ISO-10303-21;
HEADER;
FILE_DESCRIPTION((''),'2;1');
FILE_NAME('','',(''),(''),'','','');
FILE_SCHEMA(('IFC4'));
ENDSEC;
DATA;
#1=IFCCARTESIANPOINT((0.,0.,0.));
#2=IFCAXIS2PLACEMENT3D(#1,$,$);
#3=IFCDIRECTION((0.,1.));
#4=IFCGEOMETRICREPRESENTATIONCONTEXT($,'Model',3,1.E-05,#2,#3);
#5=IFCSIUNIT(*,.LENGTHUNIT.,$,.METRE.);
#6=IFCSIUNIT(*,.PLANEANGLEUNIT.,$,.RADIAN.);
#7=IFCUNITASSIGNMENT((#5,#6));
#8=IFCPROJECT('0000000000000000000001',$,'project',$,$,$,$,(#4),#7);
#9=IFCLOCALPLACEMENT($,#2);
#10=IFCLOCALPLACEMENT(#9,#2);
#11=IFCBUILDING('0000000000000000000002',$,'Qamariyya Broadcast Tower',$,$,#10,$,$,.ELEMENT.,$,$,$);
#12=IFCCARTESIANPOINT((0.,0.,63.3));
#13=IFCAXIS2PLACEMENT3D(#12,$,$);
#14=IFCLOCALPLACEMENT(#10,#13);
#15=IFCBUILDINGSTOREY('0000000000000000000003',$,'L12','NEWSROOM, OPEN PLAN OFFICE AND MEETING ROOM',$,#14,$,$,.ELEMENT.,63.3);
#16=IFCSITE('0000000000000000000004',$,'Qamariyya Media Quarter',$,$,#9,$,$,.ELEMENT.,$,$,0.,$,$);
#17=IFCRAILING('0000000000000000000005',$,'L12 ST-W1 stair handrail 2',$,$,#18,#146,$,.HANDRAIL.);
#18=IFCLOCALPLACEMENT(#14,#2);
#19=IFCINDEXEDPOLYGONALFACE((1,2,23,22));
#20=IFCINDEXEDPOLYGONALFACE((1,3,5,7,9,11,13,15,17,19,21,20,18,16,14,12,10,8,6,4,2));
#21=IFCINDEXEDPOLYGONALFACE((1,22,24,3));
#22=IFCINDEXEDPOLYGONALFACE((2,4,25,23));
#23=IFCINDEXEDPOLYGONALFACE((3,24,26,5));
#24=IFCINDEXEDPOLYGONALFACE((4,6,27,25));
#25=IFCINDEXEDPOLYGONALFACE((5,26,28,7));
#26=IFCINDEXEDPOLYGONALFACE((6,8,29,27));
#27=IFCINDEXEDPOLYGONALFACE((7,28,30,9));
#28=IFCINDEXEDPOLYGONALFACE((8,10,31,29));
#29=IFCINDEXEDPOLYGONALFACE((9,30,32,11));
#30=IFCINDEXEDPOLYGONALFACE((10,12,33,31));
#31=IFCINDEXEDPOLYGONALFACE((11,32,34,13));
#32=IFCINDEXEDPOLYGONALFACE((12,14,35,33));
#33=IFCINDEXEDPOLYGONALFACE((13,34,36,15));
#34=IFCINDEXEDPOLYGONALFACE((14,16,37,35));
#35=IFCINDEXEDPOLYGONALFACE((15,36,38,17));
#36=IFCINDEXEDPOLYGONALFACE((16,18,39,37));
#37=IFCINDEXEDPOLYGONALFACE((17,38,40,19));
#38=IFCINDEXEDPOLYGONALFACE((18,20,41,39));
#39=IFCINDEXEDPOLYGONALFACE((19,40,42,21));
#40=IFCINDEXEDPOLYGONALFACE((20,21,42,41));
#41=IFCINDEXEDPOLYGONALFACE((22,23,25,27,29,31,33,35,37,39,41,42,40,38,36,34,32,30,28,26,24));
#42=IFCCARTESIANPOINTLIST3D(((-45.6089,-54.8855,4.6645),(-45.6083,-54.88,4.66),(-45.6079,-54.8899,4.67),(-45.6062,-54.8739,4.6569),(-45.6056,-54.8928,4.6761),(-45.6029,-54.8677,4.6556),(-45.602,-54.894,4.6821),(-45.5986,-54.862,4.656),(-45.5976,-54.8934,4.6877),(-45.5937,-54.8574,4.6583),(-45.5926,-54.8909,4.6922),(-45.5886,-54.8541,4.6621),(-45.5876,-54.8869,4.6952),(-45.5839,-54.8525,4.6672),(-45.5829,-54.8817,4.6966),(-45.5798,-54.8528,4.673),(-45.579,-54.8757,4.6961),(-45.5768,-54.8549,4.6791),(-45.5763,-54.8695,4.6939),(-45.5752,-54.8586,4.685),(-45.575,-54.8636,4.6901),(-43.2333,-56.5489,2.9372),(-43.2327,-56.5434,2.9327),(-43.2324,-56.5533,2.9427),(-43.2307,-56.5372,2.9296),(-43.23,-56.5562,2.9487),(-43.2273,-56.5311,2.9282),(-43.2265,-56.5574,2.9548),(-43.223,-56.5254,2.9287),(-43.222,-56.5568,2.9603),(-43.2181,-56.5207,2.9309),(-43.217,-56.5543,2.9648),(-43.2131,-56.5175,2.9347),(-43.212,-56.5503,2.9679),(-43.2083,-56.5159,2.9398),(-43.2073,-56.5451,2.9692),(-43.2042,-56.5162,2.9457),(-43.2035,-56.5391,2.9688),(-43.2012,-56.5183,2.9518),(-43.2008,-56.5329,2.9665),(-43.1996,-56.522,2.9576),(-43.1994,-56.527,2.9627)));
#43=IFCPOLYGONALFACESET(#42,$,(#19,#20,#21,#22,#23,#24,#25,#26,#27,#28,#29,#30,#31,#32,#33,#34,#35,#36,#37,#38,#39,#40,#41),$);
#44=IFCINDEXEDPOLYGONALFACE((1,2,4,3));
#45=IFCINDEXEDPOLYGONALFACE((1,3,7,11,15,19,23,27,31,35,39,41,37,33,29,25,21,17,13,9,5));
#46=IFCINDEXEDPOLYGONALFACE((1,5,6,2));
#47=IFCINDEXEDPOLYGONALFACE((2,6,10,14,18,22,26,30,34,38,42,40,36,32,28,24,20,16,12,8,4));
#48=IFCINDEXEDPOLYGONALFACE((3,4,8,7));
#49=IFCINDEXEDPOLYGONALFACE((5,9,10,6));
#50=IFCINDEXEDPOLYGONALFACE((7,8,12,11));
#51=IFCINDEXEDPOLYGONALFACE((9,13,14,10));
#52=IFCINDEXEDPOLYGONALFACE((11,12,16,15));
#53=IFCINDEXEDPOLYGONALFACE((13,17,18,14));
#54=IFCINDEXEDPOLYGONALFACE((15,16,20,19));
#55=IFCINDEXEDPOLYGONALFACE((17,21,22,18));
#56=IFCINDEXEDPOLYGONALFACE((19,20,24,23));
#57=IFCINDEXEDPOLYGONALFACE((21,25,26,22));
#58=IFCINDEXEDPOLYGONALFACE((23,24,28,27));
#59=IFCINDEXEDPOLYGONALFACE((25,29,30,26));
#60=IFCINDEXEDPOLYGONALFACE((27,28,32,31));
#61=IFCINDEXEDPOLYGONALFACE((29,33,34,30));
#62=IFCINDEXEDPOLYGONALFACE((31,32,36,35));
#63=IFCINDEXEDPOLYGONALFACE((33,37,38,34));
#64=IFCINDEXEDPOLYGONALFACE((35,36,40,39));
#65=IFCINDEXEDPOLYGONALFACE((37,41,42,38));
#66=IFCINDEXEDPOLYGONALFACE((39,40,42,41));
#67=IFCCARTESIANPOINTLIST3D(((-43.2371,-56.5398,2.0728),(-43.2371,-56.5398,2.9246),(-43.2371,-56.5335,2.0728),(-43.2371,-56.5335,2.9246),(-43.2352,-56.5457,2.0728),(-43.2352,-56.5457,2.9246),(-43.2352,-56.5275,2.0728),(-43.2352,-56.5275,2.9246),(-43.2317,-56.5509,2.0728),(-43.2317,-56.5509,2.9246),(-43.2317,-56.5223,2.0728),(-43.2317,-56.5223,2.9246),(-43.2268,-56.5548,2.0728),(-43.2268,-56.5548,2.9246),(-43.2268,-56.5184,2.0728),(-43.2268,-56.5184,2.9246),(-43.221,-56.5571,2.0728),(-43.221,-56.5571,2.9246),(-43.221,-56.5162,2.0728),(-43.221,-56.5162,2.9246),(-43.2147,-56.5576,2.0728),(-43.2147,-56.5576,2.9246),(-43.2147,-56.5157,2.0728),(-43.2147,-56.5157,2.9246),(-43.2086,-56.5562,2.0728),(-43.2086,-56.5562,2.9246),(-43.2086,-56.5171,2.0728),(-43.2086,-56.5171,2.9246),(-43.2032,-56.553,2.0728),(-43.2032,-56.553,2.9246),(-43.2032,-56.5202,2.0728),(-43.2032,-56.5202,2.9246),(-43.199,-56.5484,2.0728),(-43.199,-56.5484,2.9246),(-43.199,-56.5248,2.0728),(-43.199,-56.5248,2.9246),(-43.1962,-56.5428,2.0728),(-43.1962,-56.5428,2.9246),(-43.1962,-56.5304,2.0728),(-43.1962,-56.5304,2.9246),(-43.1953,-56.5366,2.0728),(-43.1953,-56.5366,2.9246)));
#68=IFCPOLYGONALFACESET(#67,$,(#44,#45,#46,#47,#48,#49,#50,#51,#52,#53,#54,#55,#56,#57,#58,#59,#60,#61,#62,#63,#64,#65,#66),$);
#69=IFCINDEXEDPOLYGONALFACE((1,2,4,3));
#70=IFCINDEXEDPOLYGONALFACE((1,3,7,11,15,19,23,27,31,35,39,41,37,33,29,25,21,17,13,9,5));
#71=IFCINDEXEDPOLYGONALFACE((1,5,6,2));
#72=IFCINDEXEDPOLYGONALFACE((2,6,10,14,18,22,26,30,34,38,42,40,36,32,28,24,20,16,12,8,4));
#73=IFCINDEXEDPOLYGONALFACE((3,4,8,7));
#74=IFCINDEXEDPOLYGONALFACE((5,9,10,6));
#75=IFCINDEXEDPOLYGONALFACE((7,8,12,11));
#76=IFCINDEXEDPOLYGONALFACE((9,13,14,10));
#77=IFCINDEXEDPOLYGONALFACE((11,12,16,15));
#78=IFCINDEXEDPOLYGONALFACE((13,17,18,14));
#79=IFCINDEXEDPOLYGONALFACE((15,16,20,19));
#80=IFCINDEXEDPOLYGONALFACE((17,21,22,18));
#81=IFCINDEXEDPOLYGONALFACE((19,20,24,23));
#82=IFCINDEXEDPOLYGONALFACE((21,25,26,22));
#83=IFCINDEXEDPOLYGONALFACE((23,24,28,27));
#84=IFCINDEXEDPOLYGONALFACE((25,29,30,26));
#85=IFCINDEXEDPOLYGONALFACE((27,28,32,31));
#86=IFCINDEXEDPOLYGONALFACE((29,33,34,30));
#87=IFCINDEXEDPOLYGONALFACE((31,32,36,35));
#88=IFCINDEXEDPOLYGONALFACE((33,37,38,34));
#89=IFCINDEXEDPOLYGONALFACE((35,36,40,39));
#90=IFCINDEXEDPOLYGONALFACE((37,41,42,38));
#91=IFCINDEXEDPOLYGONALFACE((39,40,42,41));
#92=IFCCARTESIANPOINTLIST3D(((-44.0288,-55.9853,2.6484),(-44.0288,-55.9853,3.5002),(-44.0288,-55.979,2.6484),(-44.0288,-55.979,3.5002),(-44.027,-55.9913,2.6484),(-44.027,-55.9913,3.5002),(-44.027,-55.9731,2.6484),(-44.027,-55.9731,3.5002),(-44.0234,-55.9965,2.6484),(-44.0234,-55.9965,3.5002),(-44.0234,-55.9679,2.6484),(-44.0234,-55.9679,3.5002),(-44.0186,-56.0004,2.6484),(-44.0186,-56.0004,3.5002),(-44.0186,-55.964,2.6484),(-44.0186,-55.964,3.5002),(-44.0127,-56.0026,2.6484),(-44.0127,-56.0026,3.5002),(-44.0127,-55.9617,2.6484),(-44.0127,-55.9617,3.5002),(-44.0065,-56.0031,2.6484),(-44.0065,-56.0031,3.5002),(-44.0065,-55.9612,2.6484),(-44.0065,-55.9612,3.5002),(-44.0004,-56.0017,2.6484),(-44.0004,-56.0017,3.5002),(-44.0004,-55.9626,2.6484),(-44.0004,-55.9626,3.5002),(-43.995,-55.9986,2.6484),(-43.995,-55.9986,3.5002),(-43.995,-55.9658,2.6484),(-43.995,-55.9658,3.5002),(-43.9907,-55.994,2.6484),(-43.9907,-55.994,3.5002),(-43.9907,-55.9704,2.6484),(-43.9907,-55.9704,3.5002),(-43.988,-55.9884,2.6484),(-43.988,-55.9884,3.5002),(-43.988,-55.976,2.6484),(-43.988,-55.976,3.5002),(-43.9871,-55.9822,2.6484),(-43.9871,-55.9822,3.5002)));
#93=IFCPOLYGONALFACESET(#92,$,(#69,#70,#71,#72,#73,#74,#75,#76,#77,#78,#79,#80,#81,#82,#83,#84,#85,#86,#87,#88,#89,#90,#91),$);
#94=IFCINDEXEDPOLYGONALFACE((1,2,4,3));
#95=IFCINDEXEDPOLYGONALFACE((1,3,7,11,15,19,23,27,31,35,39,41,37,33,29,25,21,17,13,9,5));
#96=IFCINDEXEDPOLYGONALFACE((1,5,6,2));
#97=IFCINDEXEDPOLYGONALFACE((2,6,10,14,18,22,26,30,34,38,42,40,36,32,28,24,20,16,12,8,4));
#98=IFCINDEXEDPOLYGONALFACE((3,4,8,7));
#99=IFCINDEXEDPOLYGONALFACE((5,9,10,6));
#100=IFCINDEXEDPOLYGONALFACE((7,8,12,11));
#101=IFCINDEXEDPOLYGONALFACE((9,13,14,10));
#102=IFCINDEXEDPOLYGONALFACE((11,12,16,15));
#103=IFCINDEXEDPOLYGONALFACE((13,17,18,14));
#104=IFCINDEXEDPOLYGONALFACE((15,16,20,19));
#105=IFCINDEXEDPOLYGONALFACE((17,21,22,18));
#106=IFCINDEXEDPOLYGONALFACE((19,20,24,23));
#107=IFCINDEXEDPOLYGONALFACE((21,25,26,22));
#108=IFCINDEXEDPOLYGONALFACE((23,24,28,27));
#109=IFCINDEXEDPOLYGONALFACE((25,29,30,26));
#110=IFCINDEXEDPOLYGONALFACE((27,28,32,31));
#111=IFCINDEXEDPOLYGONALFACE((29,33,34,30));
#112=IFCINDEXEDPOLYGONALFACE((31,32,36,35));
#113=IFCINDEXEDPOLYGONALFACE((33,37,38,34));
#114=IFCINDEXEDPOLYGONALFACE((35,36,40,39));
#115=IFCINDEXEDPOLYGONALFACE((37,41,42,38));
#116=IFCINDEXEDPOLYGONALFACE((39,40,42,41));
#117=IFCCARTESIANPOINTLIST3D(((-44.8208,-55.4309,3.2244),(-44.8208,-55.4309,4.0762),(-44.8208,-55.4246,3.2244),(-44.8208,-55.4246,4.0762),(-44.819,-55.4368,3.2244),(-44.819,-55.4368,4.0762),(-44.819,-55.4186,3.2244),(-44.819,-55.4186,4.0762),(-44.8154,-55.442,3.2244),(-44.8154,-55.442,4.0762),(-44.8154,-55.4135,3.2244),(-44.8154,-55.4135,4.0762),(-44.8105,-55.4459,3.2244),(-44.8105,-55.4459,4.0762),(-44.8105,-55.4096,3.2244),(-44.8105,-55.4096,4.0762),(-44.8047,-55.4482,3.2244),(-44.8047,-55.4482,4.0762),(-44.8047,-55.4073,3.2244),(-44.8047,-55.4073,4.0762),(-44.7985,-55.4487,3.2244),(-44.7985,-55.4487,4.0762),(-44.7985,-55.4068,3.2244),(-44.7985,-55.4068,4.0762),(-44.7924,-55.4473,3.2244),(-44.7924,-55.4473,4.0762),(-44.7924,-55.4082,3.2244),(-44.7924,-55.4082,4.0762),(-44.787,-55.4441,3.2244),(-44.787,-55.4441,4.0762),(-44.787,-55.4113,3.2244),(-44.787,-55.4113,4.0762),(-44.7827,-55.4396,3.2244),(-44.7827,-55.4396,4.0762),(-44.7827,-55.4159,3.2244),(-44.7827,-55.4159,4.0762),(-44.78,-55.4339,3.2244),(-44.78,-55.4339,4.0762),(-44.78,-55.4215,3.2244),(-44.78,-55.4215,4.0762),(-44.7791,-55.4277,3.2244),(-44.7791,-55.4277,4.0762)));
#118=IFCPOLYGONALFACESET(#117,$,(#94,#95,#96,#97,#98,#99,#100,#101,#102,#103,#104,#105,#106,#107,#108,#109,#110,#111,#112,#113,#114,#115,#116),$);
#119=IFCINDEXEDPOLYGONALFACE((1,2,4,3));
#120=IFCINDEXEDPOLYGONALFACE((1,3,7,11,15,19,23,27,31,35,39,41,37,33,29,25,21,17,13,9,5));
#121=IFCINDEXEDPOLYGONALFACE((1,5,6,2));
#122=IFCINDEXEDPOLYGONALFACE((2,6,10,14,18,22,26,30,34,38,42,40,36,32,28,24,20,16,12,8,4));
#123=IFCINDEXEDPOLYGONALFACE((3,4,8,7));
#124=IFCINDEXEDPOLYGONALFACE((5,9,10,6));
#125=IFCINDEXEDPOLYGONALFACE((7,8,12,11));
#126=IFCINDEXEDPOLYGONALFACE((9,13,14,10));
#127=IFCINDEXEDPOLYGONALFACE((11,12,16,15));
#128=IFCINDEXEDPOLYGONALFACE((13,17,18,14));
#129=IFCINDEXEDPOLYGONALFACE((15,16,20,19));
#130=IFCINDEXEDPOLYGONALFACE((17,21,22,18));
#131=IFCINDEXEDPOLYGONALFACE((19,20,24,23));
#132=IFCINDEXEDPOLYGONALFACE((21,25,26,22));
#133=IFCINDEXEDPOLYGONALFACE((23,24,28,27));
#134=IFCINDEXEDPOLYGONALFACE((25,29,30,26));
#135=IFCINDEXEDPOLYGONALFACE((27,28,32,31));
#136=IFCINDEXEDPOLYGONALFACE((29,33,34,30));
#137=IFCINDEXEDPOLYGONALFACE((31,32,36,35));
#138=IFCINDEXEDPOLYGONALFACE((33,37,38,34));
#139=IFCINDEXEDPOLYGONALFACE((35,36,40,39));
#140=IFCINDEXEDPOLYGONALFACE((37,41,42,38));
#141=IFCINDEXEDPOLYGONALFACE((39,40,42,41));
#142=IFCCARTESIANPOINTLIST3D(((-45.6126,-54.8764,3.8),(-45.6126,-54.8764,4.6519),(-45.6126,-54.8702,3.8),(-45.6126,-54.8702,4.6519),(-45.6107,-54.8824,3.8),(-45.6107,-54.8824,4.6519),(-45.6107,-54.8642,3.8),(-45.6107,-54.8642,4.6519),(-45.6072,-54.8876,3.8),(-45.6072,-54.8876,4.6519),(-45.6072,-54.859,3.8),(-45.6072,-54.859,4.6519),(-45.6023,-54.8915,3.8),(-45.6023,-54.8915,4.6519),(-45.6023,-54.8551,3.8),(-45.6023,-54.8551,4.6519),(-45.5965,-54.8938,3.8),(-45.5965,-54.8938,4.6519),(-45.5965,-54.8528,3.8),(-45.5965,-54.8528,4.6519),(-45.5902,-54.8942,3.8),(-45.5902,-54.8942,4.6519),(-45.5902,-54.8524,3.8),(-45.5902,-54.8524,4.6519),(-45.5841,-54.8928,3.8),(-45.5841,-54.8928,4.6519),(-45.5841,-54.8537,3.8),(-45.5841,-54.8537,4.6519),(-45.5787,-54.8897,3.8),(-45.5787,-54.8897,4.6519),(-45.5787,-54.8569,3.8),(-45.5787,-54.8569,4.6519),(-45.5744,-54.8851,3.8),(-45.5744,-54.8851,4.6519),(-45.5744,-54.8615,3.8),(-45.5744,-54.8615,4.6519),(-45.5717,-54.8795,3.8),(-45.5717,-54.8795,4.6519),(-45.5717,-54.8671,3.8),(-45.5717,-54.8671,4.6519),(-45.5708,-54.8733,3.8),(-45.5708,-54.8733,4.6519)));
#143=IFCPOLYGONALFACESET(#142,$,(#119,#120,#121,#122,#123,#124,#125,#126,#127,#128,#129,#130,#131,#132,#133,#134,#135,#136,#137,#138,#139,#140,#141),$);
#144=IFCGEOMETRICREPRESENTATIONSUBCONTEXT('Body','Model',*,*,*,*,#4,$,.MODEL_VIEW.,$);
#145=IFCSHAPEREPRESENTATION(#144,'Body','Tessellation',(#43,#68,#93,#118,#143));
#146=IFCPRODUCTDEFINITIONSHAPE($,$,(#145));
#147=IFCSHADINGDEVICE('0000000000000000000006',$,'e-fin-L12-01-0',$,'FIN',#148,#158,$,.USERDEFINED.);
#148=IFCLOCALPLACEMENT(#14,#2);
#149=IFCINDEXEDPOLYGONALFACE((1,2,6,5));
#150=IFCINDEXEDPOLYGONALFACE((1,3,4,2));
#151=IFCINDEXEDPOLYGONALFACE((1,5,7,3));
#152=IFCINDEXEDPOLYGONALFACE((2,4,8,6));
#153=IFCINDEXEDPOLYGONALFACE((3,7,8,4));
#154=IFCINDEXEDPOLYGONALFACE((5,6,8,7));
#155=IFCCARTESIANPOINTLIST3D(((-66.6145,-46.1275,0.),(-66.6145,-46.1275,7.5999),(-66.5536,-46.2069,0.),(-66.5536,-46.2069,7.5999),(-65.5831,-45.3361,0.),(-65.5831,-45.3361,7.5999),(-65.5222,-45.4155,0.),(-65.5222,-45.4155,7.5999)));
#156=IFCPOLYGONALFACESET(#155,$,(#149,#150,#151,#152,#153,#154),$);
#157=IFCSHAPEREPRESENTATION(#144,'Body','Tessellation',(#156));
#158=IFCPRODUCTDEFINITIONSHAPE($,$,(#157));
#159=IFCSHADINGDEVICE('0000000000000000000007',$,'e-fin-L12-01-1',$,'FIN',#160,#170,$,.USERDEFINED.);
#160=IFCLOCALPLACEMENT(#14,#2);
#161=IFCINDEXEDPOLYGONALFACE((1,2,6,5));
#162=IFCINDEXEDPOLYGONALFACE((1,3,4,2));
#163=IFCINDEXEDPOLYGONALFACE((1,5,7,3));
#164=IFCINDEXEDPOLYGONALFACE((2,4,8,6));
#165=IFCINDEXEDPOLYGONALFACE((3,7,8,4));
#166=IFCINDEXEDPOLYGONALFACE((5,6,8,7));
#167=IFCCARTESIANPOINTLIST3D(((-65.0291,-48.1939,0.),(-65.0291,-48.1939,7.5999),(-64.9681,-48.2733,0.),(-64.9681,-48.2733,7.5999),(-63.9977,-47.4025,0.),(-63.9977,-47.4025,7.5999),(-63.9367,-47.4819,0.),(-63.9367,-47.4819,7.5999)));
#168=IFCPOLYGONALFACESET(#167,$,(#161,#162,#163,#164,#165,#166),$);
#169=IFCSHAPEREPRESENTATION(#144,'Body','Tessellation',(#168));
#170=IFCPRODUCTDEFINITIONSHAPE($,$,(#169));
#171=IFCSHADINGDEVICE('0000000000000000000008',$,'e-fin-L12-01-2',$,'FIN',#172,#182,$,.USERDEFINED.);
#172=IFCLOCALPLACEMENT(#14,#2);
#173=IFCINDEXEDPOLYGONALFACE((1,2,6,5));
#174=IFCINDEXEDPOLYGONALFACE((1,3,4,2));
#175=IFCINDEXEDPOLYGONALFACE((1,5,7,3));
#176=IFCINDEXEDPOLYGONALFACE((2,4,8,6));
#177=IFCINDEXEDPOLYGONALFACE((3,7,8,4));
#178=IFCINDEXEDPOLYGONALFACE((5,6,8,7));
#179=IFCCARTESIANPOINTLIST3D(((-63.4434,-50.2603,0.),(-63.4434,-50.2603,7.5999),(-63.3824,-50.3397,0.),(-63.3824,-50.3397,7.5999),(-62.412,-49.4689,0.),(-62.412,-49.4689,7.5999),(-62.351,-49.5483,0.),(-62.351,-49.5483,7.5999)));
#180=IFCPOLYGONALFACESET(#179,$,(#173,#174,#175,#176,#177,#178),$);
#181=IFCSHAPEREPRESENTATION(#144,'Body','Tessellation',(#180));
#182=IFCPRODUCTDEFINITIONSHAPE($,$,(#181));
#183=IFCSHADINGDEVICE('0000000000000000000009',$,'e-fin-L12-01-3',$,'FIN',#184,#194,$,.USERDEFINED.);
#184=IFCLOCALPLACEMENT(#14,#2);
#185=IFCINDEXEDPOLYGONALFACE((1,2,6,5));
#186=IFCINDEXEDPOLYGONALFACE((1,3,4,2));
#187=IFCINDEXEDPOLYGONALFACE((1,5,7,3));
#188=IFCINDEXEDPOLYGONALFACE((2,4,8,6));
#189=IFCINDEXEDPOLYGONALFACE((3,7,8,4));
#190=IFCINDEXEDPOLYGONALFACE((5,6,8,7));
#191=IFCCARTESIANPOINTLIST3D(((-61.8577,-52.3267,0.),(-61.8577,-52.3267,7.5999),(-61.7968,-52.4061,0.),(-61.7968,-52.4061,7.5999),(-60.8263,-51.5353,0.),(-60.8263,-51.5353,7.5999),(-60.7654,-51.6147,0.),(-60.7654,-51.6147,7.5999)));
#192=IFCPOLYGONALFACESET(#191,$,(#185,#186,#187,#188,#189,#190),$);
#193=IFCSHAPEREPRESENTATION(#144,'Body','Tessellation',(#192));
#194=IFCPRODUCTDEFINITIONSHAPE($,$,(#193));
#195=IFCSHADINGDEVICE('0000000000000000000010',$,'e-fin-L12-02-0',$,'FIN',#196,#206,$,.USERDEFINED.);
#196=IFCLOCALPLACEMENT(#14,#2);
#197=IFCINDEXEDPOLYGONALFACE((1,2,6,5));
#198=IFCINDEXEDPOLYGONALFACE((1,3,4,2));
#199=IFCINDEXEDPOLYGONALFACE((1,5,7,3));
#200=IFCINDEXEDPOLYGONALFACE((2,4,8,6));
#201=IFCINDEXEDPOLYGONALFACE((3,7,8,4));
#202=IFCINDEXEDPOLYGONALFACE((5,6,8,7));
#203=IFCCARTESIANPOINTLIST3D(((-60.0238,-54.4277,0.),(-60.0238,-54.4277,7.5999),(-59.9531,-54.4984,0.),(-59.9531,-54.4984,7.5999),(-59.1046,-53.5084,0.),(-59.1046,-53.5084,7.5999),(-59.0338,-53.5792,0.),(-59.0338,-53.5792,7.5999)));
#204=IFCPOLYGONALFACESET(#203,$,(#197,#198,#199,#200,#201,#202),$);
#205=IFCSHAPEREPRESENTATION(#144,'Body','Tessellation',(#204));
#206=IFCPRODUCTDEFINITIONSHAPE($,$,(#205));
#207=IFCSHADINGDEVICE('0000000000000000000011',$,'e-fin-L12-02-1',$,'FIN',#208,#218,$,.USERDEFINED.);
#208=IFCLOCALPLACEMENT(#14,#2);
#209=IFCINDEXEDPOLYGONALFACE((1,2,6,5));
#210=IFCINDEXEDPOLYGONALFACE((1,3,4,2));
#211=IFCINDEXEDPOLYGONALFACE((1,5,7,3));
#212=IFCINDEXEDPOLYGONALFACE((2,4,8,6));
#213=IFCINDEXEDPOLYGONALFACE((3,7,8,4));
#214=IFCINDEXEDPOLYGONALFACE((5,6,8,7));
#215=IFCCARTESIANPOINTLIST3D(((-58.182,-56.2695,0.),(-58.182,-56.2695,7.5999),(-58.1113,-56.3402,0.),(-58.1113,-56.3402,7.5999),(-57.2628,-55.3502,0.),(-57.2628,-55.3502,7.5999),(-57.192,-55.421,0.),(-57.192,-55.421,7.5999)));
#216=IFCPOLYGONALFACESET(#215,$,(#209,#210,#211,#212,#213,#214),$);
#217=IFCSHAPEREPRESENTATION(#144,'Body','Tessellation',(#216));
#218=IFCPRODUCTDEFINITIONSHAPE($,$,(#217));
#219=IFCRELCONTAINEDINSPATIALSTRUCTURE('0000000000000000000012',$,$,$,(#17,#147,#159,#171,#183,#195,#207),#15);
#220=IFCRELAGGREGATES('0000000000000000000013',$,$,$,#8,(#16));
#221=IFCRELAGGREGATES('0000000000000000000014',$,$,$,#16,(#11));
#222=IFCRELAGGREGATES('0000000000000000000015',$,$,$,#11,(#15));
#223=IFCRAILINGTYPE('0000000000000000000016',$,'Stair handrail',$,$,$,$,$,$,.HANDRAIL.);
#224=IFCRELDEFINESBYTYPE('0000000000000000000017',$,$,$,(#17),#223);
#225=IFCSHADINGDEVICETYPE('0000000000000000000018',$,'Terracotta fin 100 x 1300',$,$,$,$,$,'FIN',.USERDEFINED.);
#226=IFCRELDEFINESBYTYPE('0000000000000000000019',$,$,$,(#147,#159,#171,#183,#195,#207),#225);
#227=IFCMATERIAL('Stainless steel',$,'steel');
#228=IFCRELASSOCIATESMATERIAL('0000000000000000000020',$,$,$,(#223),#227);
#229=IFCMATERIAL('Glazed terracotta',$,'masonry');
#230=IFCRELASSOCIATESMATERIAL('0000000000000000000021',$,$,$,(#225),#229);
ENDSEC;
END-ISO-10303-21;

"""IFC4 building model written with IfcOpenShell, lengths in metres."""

from ifc_helpers import new_model, si_unit, direction, frame, origin, origin_2d, place, context, subcontext, project, spatial, rectangle, circle, extrude, material, material_profile, profile_set, type_object, element, save


model = new_model("IFC4")

# Units and contexts
model_context = context("Model", 3, precision=1e-05, world=origin(), true_north=direction((0.0, 1.0)))
body_context = subcontext(model_context, "Body", "Model", "MODEL_VIEW")
ifc_project = project(units=[si_unit("LENGTHUNIT", "METRE"), si_unit("PLANEANGLEUNIT", "RADIAN")], contexts=[model_context])

# Site, building, storey
site_placement = place(None, origin())
site = spatial("IfcSite", under=ifc_project, at=site_placement, Name="Qamariyya Media Quarter", CompositionType="ELEMENT", RefElevation=0.0)
building_placement = place(site_placement, origin())
building = spatial("IfcBuilding", under=site, at=building_placement, Name="Qamariyya Broadcast Tower", CompositionType="ELEMENT")
storey_placement = place(building_placement, frame((0.0, 0.0, 63.3)))
storey = spatial("IfcBuildingStorey", under=building, at=storey_placement, Name="L12", Description="NEWSROOM, OPEN PLAN OFFICE AND MEETING ROOM", CompositionType="ELEMENT", Elevation=63.3)

# Railing
ifc_material_1 = material(Name="Stainless steel", Category="steel")
railing_type_1 = type_object("IfcRailingType", Name="Stair handrail", PredefinedType="HANDRAIL", material=ifc_material_1)
railing_1_placement = place(storey_placement, frame((-43.2163, -56.5366, 2.0728)))
element("IfcRailing", 1, at=railing_1_placement, inside=storey, type_object=railing_type_1, Name="L12 ST-W1 stair handrail 2", PredefinedType="HANDRAIL", context=body_context, shape_type="SweptSolid", body=[
    extrude(circle(Radius=0.0239, at=origin_2d()), frame((0.0, 0.0, 0.876), z_axis=(-0.70377, 0.492784, 0.511734), x_axis=(-0.573575, -0.819153, 0.0)), (0.0, 0.0, 1.0), 3.3755),
    extrude(circle(Radius=0.021, at=origin_2d()), origin(), (0.0, 0.0, 1.0), 0.8518),
    extrude(circle(Radius=0.021, at=origin_2d()), frame((-0.7917, 0.5544, 0.5757)), (0.0, 0.0, 1.0), 0.8518),
    extrude(circle(Radius=0.021, at=origin_2d()), frame((-1.5837, 1.1089, 1.1516)), (0.0, 0.0, 1.0), 0.8518),
    extrude(circle(Radius=0.021, at=origin_2d()), frame((-2.3755, 1.6633, 1.7273)), (0.0, 0.0, 1.0), 0.8518),
])

# Shading devices
ifc_material_2 = material(Name="Glazed terracotta", Category="masonry")
ifc_material_profile_1 = material_profile(ifc_material_2, rectangle(XDim=1.3, YDim=0.1001, at=origin_2d()))
ifc_profile_set_1 = profile_set([ifc_material_profile_1], Name="Glazed terracotta")
shading_device_type_1 = type_object("IfcShadingDeviceType", Name="Terracotta fin 100 x 1300", ElementType="FIN", PredefinedType="USERDEFINED", material=ifc_profile_set_1)
for number, where, z_axis, x_axis, name in (
    (2, (-66.0684, -45.7715, 0.0), (0.0, 0.0, 1.0), (-0.793353, -0.608761, 0.0), "e-fin-L12-01-0"),
    (3, (-64.4829, -47.8379, 0.0), (0.0, 0.0, 1.0), (-0.793353, -0.608761, 0.0), "e-fin-L12-01-1"),
    (4, (-62.8972, -49.9043, 0.0), (0.0, 0.0, 1.0), (-0.793353, -0.608761, 0.0), "e-fin-L12-01-2"),
    (5, (-61.3115, -51.9707, 0.0), (0.0, 0.0, 1.0), (-0.793353, -0.608761, 0.0), "e-fin-L12-01-3"),
    (6, (-59.5288, -54.0034, 0.0), (0.0, 0.0, 1.0), (-0.707107, -0.707107, 0.0), "e-fin-L12-02-0"),
    (7, (-57.687, -55.8452, 0.0), (0.0, 0.0, 1.0), (-0.707107, -0.707107, 0.0), "e-fin-L12-02-1"),
):
    element("IfcShadingDevice", number, at=place(storey_placement, frame(where, z_axis=z_axis, x_axis=x_axis)), inside=storey, type_object=shading_device_type_1, Name=name, ObjectType="FIN", PredefinedType="USERDEFINED", context=body_context, shape_type="SweptSolid", body=[
        extrude(rectangle(XDim=1.3, YDim=0.1001, at=origin_2d()), origin(), (0.0, 0.0, 1.0), 7.5999),
    ])

save(model, "model.ifc")
